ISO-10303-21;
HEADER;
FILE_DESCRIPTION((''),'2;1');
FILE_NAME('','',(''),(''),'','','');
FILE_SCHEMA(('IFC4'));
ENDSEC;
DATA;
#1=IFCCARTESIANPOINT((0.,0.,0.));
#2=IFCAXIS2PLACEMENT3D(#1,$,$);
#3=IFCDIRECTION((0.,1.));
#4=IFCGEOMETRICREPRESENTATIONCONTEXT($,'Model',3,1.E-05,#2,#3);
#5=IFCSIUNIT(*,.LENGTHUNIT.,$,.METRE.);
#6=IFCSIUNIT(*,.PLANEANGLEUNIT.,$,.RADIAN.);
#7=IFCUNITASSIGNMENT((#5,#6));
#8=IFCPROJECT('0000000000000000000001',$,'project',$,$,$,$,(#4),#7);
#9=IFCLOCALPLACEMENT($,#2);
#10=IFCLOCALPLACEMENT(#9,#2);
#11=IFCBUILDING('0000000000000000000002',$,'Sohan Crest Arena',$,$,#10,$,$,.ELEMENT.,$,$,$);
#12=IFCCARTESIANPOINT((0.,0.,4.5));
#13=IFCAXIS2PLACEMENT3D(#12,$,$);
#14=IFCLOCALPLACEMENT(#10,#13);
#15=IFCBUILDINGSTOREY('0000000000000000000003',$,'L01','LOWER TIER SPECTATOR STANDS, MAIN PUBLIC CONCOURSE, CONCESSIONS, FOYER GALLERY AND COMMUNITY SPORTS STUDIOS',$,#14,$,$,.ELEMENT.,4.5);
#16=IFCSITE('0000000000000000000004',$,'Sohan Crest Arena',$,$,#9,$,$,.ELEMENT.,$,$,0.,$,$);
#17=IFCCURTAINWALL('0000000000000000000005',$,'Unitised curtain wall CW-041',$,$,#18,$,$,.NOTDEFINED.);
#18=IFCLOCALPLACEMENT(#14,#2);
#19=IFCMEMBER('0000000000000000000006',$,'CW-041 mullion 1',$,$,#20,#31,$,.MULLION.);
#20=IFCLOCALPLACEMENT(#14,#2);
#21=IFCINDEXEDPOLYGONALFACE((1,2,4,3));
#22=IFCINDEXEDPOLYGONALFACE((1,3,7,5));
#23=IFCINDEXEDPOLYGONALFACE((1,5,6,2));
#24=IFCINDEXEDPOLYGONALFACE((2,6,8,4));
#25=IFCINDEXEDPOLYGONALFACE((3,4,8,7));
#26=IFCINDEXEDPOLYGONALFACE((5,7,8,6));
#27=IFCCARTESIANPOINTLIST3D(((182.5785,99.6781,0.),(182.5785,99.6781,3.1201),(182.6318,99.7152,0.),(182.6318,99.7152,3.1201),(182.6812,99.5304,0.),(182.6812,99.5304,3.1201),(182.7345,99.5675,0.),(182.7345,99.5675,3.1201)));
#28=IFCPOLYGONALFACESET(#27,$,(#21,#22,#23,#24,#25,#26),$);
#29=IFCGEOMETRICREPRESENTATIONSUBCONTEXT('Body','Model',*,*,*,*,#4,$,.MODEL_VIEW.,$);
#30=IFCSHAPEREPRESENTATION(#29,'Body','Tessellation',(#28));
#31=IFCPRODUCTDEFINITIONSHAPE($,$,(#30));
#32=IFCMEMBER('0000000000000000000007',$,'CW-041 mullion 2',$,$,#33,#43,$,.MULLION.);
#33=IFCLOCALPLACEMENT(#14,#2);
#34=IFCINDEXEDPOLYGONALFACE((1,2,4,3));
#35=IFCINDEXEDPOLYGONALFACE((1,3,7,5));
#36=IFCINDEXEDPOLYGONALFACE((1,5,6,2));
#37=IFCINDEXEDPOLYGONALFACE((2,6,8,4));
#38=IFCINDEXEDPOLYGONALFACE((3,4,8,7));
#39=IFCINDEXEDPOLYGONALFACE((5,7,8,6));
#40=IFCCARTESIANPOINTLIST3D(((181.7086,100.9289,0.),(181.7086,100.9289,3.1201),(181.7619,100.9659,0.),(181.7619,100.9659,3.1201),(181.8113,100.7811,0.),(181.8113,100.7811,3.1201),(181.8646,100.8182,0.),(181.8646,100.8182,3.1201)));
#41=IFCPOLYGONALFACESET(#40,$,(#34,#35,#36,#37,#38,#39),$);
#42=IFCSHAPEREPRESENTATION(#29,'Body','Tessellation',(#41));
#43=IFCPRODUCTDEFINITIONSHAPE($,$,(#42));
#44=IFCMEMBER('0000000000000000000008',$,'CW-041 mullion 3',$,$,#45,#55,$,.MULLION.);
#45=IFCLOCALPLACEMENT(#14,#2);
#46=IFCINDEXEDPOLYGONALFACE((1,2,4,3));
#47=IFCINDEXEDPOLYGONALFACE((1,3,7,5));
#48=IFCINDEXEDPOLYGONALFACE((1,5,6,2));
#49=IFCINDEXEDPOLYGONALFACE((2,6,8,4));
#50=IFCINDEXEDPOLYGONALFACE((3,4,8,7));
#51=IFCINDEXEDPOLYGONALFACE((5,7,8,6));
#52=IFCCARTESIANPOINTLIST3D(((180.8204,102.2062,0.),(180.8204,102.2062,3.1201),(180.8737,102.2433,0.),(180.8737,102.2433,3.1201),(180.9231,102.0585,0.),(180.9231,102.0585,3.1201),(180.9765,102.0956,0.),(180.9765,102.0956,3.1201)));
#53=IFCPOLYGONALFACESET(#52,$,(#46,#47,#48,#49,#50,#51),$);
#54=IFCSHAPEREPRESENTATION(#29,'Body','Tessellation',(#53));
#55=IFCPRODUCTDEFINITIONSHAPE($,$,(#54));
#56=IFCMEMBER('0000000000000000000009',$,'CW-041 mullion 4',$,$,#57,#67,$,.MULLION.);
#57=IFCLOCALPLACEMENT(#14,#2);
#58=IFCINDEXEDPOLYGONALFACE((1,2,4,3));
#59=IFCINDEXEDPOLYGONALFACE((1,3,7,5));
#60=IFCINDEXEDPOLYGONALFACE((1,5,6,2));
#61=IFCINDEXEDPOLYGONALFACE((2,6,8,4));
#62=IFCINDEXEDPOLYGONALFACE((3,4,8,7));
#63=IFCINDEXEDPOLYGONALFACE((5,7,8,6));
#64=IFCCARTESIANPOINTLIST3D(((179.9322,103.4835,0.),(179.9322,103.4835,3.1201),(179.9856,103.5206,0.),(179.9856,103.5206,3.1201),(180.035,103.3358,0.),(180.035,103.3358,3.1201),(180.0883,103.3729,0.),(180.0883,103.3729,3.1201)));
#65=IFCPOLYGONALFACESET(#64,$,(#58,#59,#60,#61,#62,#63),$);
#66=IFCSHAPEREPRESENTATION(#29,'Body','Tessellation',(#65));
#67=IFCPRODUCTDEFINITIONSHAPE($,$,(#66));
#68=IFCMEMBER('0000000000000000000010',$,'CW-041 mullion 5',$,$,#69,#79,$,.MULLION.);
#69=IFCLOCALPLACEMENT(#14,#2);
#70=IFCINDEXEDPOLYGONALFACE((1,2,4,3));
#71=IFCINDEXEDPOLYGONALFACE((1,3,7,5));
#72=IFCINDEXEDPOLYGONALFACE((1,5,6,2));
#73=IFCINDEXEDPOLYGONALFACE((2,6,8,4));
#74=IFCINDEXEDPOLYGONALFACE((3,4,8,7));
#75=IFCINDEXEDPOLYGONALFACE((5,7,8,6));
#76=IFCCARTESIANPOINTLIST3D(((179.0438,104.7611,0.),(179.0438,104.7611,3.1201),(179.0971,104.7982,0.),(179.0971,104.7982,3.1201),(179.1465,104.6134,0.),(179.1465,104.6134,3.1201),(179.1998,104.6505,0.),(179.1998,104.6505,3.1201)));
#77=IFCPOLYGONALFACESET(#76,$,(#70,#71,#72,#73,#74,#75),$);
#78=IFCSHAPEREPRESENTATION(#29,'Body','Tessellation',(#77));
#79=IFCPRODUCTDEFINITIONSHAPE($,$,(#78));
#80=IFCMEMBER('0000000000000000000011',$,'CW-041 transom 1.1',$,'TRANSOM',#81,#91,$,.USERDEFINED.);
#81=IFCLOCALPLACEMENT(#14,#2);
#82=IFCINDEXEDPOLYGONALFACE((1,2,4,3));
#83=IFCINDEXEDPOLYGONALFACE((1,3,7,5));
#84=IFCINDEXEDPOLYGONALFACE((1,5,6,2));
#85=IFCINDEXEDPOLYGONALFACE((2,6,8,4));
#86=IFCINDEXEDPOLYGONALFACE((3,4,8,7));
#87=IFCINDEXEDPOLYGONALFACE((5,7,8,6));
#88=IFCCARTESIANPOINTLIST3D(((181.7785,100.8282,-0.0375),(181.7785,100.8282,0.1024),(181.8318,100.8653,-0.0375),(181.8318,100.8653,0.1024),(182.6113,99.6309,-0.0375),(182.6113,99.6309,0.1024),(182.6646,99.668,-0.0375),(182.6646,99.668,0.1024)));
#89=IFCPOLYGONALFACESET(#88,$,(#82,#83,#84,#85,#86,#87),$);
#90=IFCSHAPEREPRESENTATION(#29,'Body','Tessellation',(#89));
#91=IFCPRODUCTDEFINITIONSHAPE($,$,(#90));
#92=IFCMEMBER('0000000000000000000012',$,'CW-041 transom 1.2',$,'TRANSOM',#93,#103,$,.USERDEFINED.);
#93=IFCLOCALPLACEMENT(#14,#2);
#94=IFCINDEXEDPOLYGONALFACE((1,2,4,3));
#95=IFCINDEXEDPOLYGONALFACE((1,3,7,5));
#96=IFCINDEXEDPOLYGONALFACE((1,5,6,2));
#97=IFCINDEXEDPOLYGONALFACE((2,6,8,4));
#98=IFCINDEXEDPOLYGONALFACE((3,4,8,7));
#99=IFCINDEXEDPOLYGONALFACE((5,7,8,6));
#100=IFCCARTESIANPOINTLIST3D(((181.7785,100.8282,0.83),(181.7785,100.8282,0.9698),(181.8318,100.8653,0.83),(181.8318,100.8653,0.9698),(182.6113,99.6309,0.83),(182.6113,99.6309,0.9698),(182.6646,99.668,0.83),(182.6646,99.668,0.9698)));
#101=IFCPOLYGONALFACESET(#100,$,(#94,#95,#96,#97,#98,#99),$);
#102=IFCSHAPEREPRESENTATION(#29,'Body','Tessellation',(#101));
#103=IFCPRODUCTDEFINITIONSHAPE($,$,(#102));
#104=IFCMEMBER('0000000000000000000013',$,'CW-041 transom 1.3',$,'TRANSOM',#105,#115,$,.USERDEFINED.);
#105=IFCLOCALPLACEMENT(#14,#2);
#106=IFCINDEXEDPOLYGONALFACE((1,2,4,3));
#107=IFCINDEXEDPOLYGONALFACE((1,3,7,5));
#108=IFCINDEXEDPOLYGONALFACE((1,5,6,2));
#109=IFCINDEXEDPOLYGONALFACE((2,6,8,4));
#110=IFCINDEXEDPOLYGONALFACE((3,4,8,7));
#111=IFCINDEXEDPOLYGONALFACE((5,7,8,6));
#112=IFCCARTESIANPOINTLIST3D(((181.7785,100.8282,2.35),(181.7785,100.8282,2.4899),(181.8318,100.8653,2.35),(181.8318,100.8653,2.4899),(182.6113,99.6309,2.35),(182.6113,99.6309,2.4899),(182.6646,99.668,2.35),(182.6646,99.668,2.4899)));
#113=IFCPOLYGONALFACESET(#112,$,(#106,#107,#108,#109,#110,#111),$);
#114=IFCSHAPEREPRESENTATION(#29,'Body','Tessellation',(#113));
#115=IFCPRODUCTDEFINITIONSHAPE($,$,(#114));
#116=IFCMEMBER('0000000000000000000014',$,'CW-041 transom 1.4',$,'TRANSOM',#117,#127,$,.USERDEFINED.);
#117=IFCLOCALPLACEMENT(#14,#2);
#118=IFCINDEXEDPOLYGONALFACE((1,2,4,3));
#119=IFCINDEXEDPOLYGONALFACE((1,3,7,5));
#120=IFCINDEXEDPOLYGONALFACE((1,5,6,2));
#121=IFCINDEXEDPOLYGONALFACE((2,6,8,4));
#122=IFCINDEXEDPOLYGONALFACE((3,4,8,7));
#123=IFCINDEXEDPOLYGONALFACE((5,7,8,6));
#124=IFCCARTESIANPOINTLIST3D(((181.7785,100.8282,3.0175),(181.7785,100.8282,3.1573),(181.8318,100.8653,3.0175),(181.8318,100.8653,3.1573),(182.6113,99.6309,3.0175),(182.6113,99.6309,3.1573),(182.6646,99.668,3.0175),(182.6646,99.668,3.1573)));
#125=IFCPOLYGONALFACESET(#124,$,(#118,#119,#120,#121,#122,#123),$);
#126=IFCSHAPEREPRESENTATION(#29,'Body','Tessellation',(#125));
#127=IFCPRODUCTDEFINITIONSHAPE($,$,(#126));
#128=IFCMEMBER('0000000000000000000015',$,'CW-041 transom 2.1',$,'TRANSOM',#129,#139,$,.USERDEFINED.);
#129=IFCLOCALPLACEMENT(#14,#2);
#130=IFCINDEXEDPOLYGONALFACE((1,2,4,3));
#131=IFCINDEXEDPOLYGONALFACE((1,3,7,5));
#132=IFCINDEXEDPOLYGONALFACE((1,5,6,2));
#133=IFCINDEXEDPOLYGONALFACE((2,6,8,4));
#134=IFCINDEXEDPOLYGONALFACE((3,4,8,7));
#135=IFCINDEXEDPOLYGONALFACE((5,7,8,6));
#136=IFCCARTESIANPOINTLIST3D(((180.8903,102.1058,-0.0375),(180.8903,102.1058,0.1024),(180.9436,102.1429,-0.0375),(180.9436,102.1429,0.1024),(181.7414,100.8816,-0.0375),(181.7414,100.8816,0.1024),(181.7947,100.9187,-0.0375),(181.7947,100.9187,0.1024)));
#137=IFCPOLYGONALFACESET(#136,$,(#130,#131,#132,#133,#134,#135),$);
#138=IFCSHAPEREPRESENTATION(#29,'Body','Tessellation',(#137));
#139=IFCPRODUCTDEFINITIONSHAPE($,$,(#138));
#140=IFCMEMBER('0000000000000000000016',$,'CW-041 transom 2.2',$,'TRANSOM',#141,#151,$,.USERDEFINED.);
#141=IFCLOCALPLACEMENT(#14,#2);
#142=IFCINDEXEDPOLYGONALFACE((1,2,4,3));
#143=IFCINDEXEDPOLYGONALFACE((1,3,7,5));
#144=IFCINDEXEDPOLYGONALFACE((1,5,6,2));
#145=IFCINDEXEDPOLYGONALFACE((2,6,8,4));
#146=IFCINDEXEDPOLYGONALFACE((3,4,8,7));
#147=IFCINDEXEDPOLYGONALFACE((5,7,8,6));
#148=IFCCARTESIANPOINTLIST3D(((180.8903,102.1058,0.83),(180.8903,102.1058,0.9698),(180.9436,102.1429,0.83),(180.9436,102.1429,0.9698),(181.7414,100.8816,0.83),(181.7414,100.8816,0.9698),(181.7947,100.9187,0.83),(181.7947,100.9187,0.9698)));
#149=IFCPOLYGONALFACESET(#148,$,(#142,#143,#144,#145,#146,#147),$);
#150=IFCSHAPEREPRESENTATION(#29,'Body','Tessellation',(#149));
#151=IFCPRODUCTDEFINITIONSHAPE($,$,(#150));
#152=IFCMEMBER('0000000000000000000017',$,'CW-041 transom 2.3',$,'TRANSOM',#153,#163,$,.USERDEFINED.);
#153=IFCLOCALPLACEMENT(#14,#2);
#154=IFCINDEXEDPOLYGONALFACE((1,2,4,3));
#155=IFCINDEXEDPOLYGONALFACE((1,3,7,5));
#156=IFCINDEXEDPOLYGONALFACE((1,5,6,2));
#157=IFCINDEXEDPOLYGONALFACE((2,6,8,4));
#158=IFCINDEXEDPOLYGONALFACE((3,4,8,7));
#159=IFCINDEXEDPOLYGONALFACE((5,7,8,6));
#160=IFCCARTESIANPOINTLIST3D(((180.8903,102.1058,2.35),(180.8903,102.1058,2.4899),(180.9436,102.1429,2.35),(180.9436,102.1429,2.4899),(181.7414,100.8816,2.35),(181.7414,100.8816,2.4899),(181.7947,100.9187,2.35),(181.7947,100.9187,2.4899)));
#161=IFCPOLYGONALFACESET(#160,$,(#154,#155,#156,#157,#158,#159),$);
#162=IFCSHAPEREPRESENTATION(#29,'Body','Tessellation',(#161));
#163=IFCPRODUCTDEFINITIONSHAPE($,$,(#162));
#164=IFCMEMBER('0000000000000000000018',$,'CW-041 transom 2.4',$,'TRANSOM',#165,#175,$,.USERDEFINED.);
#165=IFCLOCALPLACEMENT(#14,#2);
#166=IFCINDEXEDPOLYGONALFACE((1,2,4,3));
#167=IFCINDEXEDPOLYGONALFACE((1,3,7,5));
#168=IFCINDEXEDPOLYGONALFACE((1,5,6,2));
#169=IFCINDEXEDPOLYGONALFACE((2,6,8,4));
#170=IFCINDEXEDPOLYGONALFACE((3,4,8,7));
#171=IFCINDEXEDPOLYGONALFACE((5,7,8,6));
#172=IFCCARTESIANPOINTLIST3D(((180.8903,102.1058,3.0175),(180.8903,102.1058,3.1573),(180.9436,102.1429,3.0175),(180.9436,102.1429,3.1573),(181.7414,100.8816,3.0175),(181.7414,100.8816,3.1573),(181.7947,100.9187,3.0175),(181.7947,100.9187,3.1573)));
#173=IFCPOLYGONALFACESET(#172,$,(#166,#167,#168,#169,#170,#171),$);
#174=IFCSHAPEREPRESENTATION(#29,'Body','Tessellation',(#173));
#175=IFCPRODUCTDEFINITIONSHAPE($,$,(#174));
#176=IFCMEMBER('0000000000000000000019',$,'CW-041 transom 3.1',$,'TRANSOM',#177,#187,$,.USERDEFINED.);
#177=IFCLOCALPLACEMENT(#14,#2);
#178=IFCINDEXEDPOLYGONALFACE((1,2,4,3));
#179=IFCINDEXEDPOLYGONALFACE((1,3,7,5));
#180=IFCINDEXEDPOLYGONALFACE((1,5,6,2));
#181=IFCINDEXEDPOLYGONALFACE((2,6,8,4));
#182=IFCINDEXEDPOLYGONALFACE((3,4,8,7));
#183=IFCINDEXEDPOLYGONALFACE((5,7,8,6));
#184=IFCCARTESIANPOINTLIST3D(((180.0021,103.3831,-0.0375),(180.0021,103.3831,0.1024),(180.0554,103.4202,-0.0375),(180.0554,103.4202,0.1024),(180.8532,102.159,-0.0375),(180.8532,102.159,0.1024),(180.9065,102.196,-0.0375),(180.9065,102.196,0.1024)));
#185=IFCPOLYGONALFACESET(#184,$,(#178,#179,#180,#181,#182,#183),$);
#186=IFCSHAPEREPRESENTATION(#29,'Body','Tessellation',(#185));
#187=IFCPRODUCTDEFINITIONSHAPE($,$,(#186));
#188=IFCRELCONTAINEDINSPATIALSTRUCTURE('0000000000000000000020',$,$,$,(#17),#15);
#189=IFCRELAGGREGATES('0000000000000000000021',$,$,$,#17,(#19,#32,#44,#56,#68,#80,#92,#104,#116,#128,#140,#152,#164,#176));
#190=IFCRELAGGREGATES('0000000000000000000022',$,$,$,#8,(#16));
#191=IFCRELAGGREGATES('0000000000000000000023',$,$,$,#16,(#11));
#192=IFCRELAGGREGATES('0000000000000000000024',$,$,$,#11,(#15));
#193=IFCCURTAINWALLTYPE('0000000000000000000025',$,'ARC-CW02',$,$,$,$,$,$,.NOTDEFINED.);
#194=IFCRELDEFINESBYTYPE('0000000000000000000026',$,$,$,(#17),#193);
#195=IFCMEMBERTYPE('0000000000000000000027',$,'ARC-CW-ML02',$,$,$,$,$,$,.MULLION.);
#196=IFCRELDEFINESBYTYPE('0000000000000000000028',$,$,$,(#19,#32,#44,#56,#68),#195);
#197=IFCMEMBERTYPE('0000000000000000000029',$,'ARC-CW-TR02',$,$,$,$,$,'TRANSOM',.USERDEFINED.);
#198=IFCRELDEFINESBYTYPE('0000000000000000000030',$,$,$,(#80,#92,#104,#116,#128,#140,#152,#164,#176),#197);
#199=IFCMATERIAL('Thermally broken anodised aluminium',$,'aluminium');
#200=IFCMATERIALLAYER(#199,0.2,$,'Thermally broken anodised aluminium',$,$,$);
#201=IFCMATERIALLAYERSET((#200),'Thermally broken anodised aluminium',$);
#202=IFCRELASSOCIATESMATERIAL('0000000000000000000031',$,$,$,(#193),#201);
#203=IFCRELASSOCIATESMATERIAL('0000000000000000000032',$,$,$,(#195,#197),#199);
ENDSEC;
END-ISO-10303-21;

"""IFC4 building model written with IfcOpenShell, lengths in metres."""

from ifc_helpers import new_model, si_unit, direction, frame, origin, origin_2d, place, context, subcontext, project, spatial, rectangle, extrude, material, layer, layer_set, material_profile, profile_set, type_object, element, aggregate, save


model = new_model("IFC4")

# Units and contexts
model_context = context("Model", 3, precision=1e-05, world=origin(), true_north=direction((0.0, 1.0)))
body_context = subcontext(model_context, "Body", "Model", "MODEL_VIEW")
ifc_project = project(units=[si_unit("LENGTHUNIT", "METRE"), si_unit("PLANEANGLEUNIT", "RADIAN")], contexts=[model_context])

# Site, building, storey
site_placement = place(None, origin())
site = spatial("IfcSite", under=ifc_project, at=site_placement, Name="Sohan Crest Arena", CompositionType="ELEMENT", RefElevation=0.0)
building_placement = place(site_placement, origin())
building = spatial("IfcBuilding", under=site, at=building_placement, Name="Sohan Crest Arena", CompositionType="ELEMENT")
storey_placement = place(building_placement, frame((0.0, 0.0, 4.5)))
storey = spatial("IfcBuildingStorey", under=building, at=storey_placement, Name="L01", Description="LOWER TIER SPECTATOR STANDS, MAIN PUBLIC CONCOURSE, CONCESSIONS, FOYER GALLERY AND COMMUNITY SPORTS STUDIOS", CompositionType="ELEMENT", Elevation=4.5)

# Curtain wall, members
ifc_material_1 = material(Name="Thermally broken anodised aluminium", Category="aluminium")
ifc_layer_1 = layer(ifc_material_1, 0.2, Name="Thermally broken anodised aluminium")
ifc_layer_set_1 = layer_set([ifc_layer_1], Name="Thermally broken anodised aluminium")
curtain_wall_type = type_object("IfcCurtainWallType", Name="ARC-CW02", PredefinedType="NOTDEFINED", material=ifc_layer_set_1)
curtain_wall_placement = place(storey_placement, origin())
curtain_wall = element("IfcCurtainWall", 1, at=curtain_wall_placement, inside=storey, type_object=curtain_wall_type, Name="Unitised curtain wall CW-041", PredefinedType="NOTDEFINED")
ifc_material_profile_1 = material_profile(ifc_material_1, rectangle(XDim=0.0649, YDim=0.1799, at=origin_2d()), Name="ALU-MULL 65x180")
ifc_profile_set_1 = profile_set([ifc_material_profile_1], Name="Thermally broken anodised aluminium")
member_type_1 = type_object("IfcMemberType", Name="ARC-CW-ML02", PredefinedType="MULLION", material=ifc_profile_set_1)
member_1_placement = place(storey_placement, frame((182.6565, 99.6228, 0.0), z_axis=(0.0, 0.0, 1.0), x_axis=(-0.821014, -0.570908, 0.0)))
member_1 = element("IfcMember", 2, at=member_1_placement, type_object=member_type_1, Name="CW-041 mullion 1", PredefinedType="MULLION", context=body_context, shape_type="SweptSolid", body=[
    extrude(rectangle(XDim=0.0649, YDim=0.1799, at=origin_2d()), origin(), (0.0, 0.0, 1.0), 3.1201),
])
member_2_placement = place(storey_placement, frame((181.7866, 100.8735, 0.0), z_axis=(0.0, 0.0, 1.0), x_axis=(-0.821014, -0.570908, 0.0)))
member_2 = element("IfcMember", 3, at=member_2_placement, type_object=member_type_1, Name="CW-041 mullion 2", PredefinedType="MULLION", context=body_context, shape_type="SweptSolid", body=[
    extrude(rectangle(XDim=0.0649, YDim=0.1799, at=origin_2d()), origin(), (0.0, 0.0, 1.0), 3.1201),
])
member_3_placement = place(storey_placement, frame((180.8984, 102.1509, 0.0), z_axis=(0.0, 0.0, 1.0), x_axis=(-0.821014, -0.570908, 0.0)))
member_3 = element("IfcMember", 4, at=member_3_placement, type_object=member_type_1, Name="CW-041 mullion 3", PredefinedType="MULLION", context=body_context, shape_type="SweptSolid", body=[
    extrude(rectangle(XDim=0.0649, YDim=0.1799, at=origin_2d()), origin(), (0.0, 0.0, 1.0), 3.1201),
])
member_4_placement = place(storey_placement, frame((180.0103, 103.4282, 0.0), z_axis=(0.0, 0.0, 1.0), x_axis=(-0.821014, -0.570908, 0.0)))
member_4 = element("IfcMember", 5, at=member_4_placement, type_object=member_type_1, Name="CW-041 mullion 4", PredefinedType="MULLION", context=body_context, shape_type="SweptSolid", body=[
    extrude(rectangle(XDim=0.0649, YDim=0.1799, at=origin_2d()), origin(), (0.0, 0.0, 1.0), 3.1201),
])
member_5_placement = place(storey_placement, frame((179.1218, 104.7058, 0.0), z_axis=(0.0, 0.0, 1.0), x_axis=(-0.821014, -0.570908, 0.0)))
member_5 = element("IfcMember", 6, at=member_5_placement, type_object=member_type_1, Name="CW-041 mullion 5", PredefinedType="MULLION", context=body_context, shape_type="SweptSolid", body=[
    extrude(rectangle(XDim=0.0649, YDim=0.1799, at=origin_2d()), origin(), (0.0, 0.0, 1.0), 3.1201),
])
ifc_material_profile_2 = material_profile(ifc_material_1, rectangle(XDim=0.0649, YDim=0.1399, at=origin_2d()), Name="ALU-TRAN 65x140")
ifc_profile_set_2 = profile_set([ifc_material_profile_2], Name="Thermally broken anodised aluminium")
member_type_2 = type_object("IfcMemberType", Name="ARC-CW-TR02", ElementType="TRANSOM", PredefinedType="USERDEFINED", material=ifc_profile_set_2)
member_6_placement = place(storey_placement, frame((182.6379, 99.6494, 0.0325), z_axis=(-0.571011, 0.820943, 0.0), x_axis=(-0.820943, -0.571011, 0.0)))
member_6 = element("IfcMember", 7, at=member_6_placement, type_object=member_type_2, Name="CW-041 transom 1.1", ObjectType="TRANSOM", PredefinedType="USERDEFINED", context=body_context, shape_type="SweptSolid", body=[
    extrude(rectangle(XDim=0.0649, YDim=0.1399, at=origin_2d()), origin(), (0.0, 0.0, 1.0), 1.4585),
])
member_7_placement = place(storey_placement, frame((182.6379, 99.6494, 0.8999), z_axis=(-0.571011, 0.820943, 0.0), x_axis=(-0.820943, -0.571011, 0.0)))
member_7 = element("IfcMember", 8, at=member_7_placement, type_object=member_type_2, Name="CW-041 transom 1.2", ObjectType="TRANSOM", PredefinedType="USERDEFINED", context=body_context, shape_type="SweptSolid", body=[
    extrude(rectangle(XDim=0.0649, YDim=0.1399, at=origin_2d()), origin(), (0.0, 0.0, 1.0), 1.4585),
])
member_8_placement = place(storey_placement, frame((182.6379, 99.6494, 2.4199), z_axis=(-0.571011, 0.820943, 0.0), x_axis=(-0.820943, -0.571011, 0.0)))
member_8 = element("IfcMember", 9, at=member_8_placement, type_object=member_type_2, Name="CW-041 transom 1.3", ObjectType="TRANSOM", PredefinedType="USERDEFINED", context=body_context, shape_type="SweptSolid", body=[
    extrude(rectangle(XDim=0.0649, YDim=0.1399, at=origin_2d()), origin(), (0.0, 0.0, 1.0), 1.4585),
])
member_9_placement = place(storey_placement, frame((182.6379, 99.6494, 3.0874), z_axis=(-0.571011, 0.820943, 0.0), x_axis=(-0.820943, -0.571011, 0.0)))
member_9 = element("IfcMember", 10, at=member_9_placement, type_object=member_type_2, Name="CW-041 transom 1.4", ObjectType="TRANSOM", PredefinedType="USERDEFINED", context=body_context, shape_type="SweptSolid", body=[
    extrude(rectangle(XDim=0.0649, YDim=0.1399, at=origin_2d()), origin(), (0.0, 0.0, 1.0), 1.4585),
])
member_10_placement = place(storey_placement, frame((181.7681, 100.9001, 0.0325), z_axis=(-0.570844, 0.821059, 0.0), x_axis=(-0.821059, -0.570844, 0.0)))
member_10 = element("IfcMember", 11, at=member_10_placement, type_object=member_type_2, Name="CW-041 transom 2.1", ObjectType="TRANSOM", PredefinedType="USERDEFINED", context=body_context, shape_type="SweptSolid", body=[
    extrude(rectangle(XDim=0.0649, YDim=0.1399, at=origin_2d()), origin(), (0.0, 0.0, 1.0), 1.491),
])
member_11_placement = place(storey_placement, frame((181.7681, 100.9001, 0.8999), z_axis=(-0.570844, 0.821059, 0.0), x_axis=(-0.821059, -0.570844, 0.0)))
member_11 = element("IfcMember", 12, at=member_11_placement, type_object=member_type_2, Name="CW-041 transom 2.2", ObjectType="TRANSOM", PredefinedType="USERDEFINED", context=body_context, shape_type="SweptSolid", body=[
    extrude(rectangle(XDim=0.0649, YDim=0.1399, at=origin_2d()), origin(), (0.0, 0.0, 1.0), 1.491),
])
member_12_placement = place(storey_placement, frame((181.7681, 100.9001, 2.4199), z_axis=(-0.570844, 0.821059, 0.0), x_axis=(-0.821059, -0.570844, 0.0)))
member_12 = element("IfcMember", 13, at=member_12_placement, type_object=member_type_2, Name="CW-041 transom 2.3", ObjectType="TRANSOM", PredefinedType="USERDEFINED", context=body_context, shape_type="SweptSolid", body=[
    extrude(rectangle(XDim=0.0649, YDim=0.1399, at=origin_2d()), origin(), (0.0, 0.0, 1.0), 1.491),
])
member_13_placement = place(storey_placement, frame((181.7681, 100.9001, 3.0874), z_axis=(-0.570844, 0.821059, 0.0), x_axis=(-0.821059, -0.570844, 0.0)))
member_13 = element("IfcMember", 14, at=member_13_placement, type_object=member_type_2, Name="CW-041 transom 2.4", ObjectType="TRANSOM", PredefinedType="USERDEFINED", context=body_context, shape_type="SweptSolid", body=[
    extrude(rectangle(XDim=0.0649, YDim=0.1399, at=origin_2d()), origin(), (0.0, 0.0, 1.0), 1.491),
])
member_14_placement = place(storey_placement, frame((180.8799, 102.1775, 0.0325), z_axis=(-0.570844, 0.821059, 0.0), x_axis=(-0.821059, -0.570844, 0.0)))
member_14 = element("IfcMember", 15, at=member_14_placement, type_object=member_type_2, Name="CW-041 transom 3.1", ObjectType="TRANSOM", PredefinedType="USERDEFINED", context=body_context, shape_type="SweptSolid", body=[
    extrude(rectangle(XDim=0.0649, YDim=0.1399, at=origin_2d()), origin(), (0.0, 0.0, 1.0), 1.491),
])
aggregate(curtain_wall, [member_1, member_2, member_3, member_4, member_5, member_6, member_7, member_8, member_9, member_10, member_11, member_12, member_13, member_14])

save(model, "model.ifc")
